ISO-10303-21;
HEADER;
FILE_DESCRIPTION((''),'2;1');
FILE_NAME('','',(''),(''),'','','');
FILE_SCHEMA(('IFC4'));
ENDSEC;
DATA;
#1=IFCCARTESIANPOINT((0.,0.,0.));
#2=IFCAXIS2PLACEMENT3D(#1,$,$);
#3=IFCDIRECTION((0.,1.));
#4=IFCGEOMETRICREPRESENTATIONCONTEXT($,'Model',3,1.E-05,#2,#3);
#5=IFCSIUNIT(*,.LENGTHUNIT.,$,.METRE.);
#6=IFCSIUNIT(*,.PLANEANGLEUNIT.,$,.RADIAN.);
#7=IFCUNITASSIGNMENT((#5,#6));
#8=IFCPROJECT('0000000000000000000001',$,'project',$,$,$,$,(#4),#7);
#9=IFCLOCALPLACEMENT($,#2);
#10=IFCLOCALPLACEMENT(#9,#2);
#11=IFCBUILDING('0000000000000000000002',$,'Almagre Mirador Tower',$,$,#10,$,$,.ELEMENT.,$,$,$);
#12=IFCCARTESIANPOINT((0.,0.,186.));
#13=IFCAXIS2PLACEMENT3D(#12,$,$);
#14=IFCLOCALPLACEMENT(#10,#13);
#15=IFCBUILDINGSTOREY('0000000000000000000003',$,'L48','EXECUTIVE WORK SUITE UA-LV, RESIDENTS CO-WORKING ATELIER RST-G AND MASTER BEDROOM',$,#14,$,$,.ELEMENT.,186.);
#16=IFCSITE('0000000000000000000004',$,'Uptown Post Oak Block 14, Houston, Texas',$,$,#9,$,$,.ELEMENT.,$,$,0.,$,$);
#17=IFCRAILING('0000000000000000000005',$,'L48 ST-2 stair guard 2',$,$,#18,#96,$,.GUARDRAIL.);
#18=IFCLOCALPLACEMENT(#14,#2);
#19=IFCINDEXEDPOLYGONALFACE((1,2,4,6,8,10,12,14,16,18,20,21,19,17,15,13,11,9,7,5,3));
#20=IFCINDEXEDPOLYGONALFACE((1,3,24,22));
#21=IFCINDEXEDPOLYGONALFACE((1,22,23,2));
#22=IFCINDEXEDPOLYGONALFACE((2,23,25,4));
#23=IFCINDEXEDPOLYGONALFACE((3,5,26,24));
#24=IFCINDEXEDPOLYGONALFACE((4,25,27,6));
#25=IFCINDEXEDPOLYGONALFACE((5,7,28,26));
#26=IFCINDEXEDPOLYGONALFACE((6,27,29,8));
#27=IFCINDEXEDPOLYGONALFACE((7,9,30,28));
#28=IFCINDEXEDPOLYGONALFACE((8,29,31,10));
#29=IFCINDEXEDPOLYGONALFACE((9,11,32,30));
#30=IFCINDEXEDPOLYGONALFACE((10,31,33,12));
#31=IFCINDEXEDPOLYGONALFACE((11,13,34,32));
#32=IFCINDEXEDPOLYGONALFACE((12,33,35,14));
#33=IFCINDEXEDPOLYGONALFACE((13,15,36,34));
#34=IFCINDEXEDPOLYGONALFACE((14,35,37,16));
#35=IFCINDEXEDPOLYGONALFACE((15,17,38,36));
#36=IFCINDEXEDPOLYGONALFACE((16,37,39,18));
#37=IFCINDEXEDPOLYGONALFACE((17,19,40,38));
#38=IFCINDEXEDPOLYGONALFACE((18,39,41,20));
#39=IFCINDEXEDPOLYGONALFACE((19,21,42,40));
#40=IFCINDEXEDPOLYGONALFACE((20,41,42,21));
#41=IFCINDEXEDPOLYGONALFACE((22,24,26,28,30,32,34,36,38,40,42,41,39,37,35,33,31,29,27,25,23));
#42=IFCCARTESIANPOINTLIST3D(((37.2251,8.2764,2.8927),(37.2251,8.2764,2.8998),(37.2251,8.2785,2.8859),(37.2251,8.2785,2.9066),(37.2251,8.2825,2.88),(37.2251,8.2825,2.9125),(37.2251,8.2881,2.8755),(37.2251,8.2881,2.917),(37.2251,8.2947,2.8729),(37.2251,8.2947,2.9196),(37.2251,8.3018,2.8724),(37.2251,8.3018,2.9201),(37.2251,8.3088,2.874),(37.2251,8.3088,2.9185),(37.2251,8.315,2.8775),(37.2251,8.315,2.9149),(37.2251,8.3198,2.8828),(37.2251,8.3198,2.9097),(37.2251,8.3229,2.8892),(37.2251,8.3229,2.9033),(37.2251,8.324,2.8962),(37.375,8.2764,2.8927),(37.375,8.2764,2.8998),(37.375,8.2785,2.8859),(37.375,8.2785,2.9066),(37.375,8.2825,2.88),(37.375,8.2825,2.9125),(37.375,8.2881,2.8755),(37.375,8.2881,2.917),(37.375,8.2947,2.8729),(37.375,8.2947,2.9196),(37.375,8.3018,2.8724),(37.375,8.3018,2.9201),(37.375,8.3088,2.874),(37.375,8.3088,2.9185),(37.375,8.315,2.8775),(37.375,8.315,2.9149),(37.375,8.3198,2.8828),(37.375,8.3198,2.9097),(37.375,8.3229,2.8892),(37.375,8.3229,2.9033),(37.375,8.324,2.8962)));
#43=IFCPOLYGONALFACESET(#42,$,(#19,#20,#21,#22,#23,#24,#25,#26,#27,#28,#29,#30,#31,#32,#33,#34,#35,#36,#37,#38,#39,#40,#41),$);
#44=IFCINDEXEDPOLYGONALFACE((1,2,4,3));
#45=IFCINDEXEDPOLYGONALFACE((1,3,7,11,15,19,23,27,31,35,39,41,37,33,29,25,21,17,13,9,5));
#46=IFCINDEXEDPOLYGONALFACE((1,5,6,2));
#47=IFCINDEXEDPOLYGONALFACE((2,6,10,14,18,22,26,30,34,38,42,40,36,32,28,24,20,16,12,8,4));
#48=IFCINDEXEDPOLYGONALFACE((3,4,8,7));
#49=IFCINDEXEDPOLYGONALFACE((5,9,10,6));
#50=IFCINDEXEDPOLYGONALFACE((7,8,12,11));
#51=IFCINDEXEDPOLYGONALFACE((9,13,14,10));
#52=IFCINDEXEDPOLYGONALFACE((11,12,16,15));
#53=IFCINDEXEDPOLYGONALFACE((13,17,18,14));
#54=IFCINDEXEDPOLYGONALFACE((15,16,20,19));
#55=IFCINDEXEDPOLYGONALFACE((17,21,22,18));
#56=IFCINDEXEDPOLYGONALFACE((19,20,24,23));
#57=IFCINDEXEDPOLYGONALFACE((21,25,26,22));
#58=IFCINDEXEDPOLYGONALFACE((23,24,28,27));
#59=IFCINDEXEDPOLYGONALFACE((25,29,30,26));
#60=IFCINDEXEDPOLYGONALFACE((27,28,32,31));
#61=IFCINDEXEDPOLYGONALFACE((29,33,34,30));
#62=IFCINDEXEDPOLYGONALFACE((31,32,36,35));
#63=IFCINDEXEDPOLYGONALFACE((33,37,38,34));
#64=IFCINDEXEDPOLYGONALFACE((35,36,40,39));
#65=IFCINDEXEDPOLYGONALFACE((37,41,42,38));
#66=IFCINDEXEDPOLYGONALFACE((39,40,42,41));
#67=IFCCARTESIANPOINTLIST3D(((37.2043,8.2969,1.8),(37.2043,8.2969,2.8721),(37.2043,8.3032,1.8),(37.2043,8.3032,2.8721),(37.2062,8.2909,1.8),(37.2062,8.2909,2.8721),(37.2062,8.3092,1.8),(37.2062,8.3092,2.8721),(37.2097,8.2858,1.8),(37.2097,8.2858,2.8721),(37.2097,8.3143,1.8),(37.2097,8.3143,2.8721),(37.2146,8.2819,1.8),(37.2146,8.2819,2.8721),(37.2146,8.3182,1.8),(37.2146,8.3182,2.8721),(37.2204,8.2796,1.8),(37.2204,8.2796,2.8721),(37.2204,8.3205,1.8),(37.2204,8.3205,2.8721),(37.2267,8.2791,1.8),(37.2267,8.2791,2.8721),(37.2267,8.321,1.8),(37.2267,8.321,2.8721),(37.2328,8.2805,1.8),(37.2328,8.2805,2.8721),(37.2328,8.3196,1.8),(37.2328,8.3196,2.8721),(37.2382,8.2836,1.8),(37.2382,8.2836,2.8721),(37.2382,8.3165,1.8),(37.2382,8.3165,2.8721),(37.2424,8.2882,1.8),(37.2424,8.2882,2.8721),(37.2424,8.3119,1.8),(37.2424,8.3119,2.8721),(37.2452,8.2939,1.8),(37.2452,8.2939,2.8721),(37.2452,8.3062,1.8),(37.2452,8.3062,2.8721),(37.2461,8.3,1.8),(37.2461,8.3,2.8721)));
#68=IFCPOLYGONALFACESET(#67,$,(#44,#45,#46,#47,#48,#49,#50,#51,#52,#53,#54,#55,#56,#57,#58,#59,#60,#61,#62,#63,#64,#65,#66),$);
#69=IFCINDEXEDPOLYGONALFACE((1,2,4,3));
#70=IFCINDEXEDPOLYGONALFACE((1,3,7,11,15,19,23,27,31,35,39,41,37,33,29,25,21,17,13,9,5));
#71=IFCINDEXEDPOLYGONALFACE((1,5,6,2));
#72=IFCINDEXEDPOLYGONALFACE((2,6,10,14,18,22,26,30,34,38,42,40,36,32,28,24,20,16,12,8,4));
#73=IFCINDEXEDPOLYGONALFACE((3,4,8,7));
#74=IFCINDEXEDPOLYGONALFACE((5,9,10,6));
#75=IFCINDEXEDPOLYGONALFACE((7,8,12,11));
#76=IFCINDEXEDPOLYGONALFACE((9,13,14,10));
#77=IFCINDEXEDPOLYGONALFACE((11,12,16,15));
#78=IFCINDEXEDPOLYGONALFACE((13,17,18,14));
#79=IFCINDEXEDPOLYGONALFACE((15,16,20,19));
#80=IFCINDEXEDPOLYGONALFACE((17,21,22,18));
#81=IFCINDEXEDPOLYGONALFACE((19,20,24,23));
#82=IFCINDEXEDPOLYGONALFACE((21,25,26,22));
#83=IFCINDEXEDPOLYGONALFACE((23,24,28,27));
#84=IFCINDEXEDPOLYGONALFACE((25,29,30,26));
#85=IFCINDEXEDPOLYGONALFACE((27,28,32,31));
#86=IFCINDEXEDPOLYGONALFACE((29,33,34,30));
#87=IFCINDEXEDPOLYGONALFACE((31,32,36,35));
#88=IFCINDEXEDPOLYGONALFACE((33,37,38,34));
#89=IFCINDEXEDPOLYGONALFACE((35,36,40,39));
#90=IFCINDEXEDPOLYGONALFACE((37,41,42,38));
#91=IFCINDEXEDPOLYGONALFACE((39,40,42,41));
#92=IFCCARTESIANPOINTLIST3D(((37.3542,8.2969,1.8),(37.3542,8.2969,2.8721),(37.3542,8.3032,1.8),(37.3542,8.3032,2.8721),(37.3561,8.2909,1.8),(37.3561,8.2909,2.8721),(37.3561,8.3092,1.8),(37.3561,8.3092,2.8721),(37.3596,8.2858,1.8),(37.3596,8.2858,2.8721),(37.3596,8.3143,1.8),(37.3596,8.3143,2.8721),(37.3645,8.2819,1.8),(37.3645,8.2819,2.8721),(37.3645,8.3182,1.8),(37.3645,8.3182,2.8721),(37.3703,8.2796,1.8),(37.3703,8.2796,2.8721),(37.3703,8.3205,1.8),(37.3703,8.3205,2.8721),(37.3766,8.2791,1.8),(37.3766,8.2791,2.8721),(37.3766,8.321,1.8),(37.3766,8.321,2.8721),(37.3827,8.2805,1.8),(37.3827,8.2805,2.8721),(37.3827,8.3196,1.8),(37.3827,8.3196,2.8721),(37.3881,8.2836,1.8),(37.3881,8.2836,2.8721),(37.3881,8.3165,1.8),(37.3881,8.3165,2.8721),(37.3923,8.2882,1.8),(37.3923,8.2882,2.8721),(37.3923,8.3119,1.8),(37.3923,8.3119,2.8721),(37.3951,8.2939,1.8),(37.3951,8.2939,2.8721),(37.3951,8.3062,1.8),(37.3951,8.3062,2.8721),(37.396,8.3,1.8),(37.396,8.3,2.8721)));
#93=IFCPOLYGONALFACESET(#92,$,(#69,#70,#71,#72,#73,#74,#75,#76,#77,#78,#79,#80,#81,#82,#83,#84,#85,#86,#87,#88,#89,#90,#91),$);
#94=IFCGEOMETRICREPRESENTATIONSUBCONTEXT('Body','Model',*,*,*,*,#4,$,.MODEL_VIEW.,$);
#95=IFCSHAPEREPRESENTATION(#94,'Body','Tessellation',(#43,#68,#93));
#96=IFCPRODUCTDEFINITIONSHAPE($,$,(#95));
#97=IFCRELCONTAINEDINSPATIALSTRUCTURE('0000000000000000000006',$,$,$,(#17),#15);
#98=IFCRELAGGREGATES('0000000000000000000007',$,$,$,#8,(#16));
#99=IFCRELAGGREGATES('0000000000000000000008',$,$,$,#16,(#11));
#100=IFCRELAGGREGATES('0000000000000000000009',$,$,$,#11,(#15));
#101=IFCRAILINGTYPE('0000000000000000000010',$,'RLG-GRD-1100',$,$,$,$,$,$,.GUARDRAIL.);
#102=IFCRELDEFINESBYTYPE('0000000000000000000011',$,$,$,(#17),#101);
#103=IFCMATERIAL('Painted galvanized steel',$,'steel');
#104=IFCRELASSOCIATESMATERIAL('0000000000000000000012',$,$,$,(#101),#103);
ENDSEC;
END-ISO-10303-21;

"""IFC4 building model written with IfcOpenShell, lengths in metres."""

from ifc_helpers import new_model, si_unit, direction, frame, origin, origin_2d, place, context, subcontext, project, spatial, circle, extrude, material, type_object, element, save


model = new_model("IFC4")

# Units and contexts
model_context = context("Model", 3, precision=1e-05, world=origin(), true_north=direction((0.0, 1.0)))
body_context = subcontext(model_context, "Body", "Model", "MODEL_VIEW")
ifc_project = project(units=[si_unit("LENGTHUNIT", "METRE"), si_unit("PLANEANGLEUNIT", "RADIAN")], contexts=[model_context])

# Site, building, storey
site_placement = place(None, origin())
site = spatial("IfcSite", under=ifc_project, at=site_placement, Name="Uptown Post Oak Block 14, Houston, Texas", CompositionType="ELEMENT", RefElevation=0.0)
building_placement = place(site_placement, origin())
building = spatial("IfcBuilding", under=site, at=building_placement, Name="Almagre Mirador Tower", CompositionType="ELEMENT")
storey_placement = place(building_placement, frame((0.0, 0.0, 186.0)))
storey = spatial("IfcBuildingStorey", under=building, at=storey_placement, Name="L48", Description="EXECUTIVE WORK SUITE UA-LV, RESIDENTS CO-WORKING ATELIER RST-G AND MASTER BEDROOM", CompositionType="ELEMENT", Elevation=186.0)

# Railing
ifc_material_1 = material(Name="Painted galvanized steel", Category="steel")
railing_type_1 = type_object("IfcRailingType", Name="RLG-GRD-1100", PredefinedType="GUARDRAIL", material=ifc_material_1)
railing_1_placement = place(storey_placement, frame((37.2251, 8.3, 1.8)))
element("IfcRailing", 1, at=railing_1_placement, inside=storey, type_object=railing_type_1, Name="L48 ST-2 stair guard 2", PredefinedType="GUARDRAIL", context=body_context, shape_type="SweptSolid", body=[
    extrude(circle(Radius=0.0239, at=origin_2d()), frame((0.0, 0.0, 1.0962), z_axis=(1.0, 0.0, 0.0), x_axis=(0.0, 1.0, 0.0)), (0.0, 0.0, 1.0), 0.1499),
    extrude(circle(Radius=0.021, at=origin_2d()), origin(), (0.0, 0.0, 1.0), 1.072),
    extrude(circle(Radius=0.021, at=origin_2d()), frame((0.1499, 0.0, 0.0)), (0.0, 0.0, 1.0), 1.072),
])

save(model, "model.ifc")
